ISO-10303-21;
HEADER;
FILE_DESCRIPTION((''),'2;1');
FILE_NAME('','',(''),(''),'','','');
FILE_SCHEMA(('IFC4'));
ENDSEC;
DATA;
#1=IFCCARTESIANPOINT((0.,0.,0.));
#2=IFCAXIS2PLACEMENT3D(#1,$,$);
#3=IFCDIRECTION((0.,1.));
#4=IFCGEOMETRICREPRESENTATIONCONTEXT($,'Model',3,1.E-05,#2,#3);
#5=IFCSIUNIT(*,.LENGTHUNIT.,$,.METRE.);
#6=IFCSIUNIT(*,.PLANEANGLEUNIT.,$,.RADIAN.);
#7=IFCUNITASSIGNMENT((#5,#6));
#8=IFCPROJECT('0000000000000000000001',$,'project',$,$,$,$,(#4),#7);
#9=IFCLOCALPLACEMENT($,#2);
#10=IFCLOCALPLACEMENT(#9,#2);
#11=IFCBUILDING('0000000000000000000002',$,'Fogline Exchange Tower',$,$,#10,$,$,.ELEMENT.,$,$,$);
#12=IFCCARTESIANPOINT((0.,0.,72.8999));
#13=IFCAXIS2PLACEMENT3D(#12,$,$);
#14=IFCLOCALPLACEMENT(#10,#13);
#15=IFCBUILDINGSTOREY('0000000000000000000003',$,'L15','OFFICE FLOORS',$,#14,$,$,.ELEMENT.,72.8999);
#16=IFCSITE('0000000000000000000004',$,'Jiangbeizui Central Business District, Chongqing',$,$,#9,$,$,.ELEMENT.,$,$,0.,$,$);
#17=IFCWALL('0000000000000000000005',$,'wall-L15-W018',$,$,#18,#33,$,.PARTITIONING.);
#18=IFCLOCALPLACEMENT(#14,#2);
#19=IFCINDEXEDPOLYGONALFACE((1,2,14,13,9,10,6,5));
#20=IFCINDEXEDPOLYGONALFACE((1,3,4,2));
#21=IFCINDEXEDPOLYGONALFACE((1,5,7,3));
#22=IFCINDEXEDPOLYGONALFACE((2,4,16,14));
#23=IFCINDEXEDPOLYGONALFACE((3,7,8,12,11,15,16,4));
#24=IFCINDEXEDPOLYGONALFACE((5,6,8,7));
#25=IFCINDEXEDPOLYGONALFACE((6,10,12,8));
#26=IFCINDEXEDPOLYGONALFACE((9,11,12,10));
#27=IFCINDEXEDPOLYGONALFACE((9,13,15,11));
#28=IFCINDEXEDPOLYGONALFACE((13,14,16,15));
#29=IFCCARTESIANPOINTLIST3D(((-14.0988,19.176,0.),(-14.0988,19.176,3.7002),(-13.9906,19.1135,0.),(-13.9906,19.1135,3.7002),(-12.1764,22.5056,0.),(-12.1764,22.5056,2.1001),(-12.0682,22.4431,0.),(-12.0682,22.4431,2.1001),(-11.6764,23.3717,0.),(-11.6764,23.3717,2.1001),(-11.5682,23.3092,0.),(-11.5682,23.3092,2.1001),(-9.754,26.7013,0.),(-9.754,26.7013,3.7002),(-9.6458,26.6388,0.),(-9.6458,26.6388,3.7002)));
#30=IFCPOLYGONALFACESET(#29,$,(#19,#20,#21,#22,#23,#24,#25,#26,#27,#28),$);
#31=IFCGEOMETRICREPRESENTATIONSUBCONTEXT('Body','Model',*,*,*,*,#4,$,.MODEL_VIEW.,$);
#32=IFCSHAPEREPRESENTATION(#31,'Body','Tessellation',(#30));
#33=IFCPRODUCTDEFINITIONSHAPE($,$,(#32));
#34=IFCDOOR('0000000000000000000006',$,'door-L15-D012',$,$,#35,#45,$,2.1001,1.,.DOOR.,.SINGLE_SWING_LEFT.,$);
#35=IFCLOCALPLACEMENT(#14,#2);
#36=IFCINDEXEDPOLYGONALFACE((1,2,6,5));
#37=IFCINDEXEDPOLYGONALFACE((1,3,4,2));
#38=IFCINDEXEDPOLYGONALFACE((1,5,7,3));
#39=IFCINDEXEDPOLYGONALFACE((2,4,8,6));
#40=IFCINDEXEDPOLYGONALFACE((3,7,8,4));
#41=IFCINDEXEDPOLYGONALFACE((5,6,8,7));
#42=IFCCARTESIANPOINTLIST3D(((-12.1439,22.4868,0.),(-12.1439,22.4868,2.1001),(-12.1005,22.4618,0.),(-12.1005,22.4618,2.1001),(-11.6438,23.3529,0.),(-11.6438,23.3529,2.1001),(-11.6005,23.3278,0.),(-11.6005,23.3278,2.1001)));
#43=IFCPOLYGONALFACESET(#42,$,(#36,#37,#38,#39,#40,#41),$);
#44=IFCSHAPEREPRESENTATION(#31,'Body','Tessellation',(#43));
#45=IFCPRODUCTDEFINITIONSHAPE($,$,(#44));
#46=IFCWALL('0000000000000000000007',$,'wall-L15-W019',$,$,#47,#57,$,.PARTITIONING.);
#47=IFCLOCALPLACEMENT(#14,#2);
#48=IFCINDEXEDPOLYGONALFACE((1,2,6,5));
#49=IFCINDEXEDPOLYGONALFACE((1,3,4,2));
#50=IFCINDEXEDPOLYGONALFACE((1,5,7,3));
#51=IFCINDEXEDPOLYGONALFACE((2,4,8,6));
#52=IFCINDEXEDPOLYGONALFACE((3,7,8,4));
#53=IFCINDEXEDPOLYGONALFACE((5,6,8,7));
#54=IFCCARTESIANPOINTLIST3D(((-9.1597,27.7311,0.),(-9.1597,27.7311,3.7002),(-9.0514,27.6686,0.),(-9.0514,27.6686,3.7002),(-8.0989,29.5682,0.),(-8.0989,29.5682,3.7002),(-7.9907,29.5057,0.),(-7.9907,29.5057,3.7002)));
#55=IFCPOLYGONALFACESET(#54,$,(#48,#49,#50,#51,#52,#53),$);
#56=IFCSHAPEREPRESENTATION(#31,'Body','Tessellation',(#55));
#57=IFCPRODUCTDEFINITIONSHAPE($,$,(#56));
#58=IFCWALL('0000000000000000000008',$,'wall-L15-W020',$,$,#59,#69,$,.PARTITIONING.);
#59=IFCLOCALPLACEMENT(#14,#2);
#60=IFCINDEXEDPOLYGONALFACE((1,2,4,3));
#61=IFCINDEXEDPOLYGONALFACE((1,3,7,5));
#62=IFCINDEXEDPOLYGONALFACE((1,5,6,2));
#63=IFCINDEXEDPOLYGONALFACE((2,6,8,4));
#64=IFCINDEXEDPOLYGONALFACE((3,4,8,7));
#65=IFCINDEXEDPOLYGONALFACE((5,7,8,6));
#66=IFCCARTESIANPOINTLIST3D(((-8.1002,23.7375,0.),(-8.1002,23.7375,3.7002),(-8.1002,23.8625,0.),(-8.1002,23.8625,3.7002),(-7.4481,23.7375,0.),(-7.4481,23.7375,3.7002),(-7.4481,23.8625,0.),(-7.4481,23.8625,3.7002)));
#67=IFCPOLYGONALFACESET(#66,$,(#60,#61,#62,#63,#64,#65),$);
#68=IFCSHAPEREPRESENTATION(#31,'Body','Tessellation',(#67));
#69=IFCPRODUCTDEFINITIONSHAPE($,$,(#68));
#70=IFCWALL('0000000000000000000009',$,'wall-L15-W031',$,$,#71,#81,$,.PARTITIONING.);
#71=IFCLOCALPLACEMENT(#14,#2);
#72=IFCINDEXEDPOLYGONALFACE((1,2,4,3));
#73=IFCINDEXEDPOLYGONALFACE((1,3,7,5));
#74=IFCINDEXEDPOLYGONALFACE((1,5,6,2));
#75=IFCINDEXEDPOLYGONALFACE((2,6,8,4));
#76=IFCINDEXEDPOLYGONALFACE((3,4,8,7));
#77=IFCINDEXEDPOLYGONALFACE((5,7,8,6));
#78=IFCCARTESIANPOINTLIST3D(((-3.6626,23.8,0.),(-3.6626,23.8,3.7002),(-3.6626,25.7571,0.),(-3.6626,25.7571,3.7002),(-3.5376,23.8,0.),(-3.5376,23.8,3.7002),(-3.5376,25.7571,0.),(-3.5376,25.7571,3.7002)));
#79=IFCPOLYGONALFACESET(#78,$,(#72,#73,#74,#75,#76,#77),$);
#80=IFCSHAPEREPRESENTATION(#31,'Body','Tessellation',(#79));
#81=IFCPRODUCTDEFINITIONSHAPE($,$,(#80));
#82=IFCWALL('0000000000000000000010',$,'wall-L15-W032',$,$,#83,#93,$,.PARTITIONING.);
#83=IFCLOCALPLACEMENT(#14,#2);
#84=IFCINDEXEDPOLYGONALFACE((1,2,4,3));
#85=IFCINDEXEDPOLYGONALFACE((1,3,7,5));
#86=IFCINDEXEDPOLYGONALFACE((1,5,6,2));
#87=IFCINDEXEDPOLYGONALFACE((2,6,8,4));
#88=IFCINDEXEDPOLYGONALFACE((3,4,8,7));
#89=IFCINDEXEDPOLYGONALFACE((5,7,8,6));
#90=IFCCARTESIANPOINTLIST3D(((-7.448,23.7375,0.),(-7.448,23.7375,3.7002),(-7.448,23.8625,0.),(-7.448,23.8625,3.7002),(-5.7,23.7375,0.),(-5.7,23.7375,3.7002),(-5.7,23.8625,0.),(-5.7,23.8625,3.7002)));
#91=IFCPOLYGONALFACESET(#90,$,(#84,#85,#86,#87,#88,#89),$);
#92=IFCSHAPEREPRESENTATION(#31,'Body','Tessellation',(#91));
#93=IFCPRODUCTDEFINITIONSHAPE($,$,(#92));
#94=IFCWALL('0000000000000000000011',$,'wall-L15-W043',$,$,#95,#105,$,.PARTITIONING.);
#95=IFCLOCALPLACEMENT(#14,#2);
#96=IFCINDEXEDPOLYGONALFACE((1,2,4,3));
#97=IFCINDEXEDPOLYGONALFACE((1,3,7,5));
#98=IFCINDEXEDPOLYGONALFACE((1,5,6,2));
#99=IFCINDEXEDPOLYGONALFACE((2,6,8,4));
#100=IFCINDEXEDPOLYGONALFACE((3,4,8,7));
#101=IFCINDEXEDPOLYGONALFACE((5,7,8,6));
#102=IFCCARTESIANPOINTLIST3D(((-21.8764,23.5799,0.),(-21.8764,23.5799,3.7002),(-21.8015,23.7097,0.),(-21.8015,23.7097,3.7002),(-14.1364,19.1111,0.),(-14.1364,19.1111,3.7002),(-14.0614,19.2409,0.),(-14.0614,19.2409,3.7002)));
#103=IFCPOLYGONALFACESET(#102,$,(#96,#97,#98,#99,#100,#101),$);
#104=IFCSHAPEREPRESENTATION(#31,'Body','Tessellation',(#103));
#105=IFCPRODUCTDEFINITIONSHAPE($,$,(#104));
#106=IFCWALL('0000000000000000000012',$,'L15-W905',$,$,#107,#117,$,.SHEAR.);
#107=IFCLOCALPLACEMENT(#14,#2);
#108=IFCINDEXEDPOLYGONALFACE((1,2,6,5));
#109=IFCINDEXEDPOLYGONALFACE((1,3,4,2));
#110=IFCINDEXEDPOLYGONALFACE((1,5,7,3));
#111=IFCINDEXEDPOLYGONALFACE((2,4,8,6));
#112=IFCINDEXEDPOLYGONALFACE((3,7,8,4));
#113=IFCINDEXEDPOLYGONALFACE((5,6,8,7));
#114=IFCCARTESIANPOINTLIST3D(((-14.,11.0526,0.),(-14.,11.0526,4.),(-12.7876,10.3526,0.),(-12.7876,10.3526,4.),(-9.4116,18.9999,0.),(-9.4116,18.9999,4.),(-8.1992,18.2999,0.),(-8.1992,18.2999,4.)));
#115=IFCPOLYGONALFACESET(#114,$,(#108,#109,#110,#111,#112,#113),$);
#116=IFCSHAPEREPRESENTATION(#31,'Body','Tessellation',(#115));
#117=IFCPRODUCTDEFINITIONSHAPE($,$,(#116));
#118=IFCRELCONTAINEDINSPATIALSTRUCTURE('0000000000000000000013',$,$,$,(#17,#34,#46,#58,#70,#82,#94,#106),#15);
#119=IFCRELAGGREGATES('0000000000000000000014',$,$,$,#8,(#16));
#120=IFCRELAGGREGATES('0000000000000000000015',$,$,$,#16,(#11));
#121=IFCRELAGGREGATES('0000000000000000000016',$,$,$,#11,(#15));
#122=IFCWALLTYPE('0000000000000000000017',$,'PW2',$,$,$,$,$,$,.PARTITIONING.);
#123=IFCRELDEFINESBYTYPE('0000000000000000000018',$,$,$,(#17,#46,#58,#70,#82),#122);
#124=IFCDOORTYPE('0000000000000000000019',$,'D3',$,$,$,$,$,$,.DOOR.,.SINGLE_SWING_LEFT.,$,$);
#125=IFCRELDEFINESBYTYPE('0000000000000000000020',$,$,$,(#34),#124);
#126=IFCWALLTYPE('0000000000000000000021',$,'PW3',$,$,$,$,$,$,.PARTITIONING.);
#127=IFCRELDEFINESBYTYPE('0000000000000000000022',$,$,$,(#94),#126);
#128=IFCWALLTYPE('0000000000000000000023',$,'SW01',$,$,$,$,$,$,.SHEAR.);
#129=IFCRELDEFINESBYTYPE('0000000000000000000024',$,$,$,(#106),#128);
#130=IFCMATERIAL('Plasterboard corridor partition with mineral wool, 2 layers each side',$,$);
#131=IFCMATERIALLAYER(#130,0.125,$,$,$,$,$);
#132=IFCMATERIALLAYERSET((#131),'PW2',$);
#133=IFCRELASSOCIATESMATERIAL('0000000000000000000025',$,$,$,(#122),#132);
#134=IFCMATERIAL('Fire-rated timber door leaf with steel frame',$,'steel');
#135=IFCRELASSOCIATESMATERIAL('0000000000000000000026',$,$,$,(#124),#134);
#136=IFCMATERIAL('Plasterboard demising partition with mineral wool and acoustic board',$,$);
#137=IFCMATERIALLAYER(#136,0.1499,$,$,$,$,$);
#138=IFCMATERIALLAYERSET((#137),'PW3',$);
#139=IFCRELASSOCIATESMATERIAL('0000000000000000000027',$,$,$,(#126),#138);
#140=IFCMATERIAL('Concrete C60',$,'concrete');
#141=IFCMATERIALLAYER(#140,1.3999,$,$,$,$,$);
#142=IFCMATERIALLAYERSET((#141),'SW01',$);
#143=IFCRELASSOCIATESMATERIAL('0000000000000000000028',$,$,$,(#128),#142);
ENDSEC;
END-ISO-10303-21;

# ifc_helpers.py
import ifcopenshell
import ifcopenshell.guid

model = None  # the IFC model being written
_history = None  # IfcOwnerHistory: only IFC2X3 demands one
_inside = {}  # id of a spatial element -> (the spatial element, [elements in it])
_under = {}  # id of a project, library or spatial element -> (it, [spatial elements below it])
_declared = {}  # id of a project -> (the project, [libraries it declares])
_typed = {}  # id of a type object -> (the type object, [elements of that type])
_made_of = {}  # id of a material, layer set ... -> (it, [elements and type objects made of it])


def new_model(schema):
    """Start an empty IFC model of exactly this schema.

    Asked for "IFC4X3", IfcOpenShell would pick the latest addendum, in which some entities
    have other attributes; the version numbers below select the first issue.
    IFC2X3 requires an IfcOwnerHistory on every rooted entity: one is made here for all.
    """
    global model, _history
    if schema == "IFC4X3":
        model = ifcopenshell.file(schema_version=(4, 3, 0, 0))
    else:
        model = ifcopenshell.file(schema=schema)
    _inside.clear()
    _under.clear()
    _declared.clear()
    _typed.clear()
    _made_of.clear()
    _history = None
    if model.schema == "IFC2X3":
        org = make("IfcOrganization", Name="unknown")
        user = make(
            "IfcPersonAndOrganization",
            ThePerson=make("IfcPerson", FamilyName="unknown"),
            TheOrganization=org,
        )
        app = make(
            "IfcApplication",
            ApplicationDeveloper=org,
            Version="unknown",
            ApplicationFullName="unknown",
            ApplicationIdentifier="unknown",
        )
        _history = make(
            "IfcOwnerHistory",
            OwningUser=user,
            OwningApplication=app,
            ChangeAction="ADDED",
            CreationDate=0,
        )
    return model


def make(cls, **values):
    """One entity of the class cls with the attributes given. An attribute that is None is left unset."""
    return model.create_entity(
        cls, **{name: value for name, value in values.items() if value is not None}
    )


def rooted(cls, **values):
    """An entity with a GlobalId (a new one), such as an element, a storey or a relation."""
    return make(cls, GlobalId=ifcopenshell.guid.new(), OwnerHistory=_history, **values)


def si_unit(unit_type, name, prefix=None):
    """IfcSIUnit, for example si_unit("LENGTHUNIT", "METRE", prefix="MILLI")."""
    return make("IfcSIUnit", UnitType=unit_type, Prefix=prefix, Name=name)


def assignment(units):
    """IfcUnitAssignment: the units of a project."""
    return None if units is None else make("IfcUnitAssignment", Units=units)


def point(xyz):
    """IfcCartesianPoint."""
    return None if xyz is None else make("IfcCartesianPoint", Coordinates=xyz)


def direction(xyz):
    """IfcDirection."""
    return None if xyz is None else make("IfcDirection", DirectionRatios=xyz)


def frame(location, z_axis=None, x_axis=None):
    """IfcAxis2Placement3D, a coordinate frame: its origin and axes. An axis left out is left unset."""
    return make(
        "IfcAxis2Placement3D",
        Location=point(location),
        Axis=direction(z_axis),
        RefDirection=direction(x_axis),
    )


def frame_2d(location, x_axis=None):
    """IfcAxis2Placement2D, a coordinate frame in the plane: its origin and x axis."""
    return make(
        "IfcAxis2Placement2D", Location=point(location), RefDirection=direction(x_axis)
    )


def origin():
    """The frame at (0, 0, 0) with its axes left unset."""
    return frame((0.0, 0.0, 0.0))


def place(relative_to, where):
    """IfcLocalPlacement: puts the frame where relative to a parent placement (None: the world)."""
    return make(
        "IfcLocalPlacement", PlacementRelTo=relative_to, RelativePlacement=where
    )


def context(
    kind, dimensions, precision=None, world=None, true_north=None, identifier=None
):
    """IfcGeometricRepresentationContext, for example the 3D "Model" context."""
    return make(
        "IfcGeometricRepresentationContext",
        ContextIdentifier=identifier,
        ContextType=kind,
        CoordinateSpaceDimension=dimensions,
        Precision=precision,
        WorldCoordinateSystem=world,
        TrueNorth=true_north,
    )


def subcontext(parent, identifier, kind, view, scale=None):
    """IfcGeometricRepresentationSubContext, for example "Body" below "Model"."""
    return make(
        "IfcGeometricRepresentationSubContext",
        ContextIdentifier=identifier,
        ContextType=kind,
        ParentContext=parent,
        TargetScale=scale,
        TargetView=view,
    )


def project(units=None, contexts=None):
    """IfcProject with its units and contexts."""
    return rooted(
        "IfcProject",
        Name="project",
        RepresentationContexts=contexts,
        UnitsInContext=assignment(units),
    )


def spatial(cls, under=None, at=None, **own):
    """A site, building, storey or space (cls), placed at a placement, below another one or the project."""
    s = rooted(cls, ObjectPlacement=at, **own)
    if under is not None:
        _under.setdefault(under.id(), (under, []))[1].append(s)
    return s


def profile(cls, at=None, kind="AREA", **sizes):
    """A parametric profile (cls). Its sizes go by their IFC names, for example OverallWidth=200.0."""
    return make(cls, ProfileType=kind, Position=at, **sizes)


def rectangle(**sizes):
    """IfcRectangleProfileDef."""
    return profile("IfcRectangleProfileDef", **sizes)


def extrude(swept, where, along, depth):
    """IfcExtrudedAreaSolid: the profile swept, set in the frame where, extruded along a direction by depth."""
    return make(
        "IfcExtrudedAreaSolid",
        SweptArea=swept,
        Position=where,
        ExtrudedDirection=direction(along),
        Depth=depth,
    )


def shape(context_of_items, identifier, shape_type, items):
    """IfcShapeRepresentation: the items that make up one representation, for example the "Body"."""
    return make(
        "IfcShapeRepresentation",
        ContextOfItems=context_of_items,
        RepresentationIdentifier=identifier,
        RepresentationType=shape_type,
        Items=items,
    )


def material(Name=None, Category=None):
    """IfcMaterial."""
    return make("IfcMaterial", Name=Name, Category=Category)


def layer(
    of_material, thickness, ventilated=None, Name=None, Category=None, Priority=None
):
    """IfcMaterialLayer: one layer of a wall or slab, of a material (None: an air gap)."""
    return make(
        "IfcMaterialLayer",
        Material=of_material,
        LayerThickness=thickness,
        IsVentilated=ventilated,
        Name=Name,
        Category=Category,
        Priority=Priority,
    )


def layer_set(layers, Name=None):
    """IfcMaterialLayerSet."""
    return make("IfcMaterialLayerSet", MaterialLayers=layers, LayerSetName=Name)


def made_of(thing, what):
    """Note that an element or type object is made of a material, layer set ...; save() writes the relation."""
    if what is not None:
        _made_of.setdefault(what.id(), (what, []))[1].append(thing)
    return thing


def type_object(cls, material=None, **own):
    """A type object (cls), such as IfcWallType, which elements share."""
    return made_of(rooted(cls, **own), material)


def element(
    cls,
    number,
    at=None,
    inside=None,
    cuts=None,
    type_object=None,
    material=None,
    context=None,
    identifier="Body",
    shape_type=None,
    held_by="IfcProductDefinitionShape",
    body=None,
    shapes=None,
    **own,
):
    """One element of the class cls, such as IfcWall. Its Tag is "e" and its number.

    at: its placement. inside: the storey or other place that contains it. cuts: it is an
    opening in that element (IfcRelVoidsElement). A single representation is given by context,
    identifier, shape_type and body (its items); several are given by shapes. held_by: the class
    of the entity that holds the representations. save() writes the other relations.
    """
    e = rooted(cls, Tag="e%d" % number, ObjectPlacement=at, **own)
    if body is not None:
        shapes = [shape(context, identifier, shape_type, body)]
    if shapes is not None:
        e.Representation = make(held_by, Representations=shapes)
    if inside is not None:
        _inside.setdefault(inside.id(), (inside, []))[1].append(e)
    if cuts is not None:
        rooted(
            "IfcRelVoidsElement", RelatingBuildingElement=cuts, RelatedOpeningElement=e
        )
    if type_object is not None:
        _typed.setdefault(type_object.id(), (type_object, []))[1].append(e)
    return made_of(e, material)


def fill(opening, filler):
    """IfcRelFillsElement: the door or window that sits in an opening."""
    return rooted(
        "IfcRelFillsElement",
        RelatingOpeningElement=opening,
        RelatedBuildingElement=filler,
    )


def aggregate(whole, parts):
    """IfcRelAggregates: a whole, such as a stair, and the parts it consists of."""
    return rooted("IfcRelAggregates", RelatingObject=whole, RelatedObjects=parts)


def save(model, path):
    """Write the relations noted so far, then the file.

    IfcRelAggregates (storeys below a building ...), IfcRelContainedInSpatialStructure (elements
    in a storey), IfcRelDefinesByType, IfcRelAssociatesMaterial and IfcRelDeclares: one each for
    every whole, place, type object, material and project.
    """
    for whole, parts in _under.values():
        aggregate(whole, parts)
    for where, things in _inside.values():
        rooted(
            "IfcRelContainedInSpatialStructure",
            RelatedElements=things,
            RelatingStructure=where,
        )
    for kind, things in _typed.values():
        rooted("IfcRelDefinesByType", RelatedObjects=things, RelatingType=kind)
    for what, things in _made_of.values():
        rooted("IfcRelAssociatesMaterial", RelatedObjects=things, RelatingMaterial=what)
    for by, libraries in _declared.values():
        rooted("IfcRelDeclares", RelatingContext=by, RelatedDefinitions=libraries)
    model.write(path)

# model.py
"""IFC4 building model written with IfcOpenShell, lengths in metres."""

from ifc_helpers import new_model, si_unit, direction, frame, frame_2d, origin, place, context, subcontext, project, spatial, rectangle, extrude, material, layer, layer_set, type_object, element, fill, save


model = new_model("IFC4")

# Units and contexts
model_context = context("Model", 3, precision=1e-05, world=origin(), true_north=direction((0.0, 1.0)))
body_context = subcontext(model_context, "Body", "Model", "MODEL_VIEW")
ifc_project = project(units=[si_unit("LENGTHUNIT", "METRE"), si_unit("PLANEANGLEUNIT", "RADIAN")], contexts=[model_context])

# Site, building, storey
site_placement = place(None, origin())
site = spatial("IfcSite", under=ifc_project, at=site_placement, Name="Jiangbeizui Central Business District, Chongqing", CompositionType="ELEMENT", RefElevation=0.0)
building_placement = place(site_placement, origin())
building = spatial("IfcBuilding", under=site, at=building_placement, Name="Fogline Exchange Tower", CompositionType="ELEMENT")
storey_placement = place(building_placement, frame((0.0, 0.0, 72.8999)))
storey = spatial("IfcBuildingStorey", under=building, at=storey_placement, Name="L15", Description="OFFICE FLOORS", CompositionType="ELEMENT", Elevation=72.8999)

# Shared definitions
ifc_material_1 = material(Name="Plasterboard corridor partition with mineral wool, 2 layers each side")
ifc_layer_1 = layer(ifc_material_1, 0.125)
ifc_layer_set_1 = layer_set([ifc_layer_1], Name="PW2")
wall_type_1 = type_object("IfcWallType", Name="PW2", PredefinedType="PARTITIONING", material=ifc_layer_set_1)

# Shared definitions
ifc_material_2 = material(Name="Fire-rated timber door leaf with steel frame", Category="steel")
door_type_1 = type_object("IfcDoorType", Name="D3", OperationType="SINGLE_SWING_LEFT", PredefinedType="DOOR", material=ifc_material_2)

# Wall, opening, door
wall_1_placement = place(storey_placement, frame((-14.0447, 19.1448, 0.0), z_axis=(0.0, 0.0, 1.0), x_axis=(0.500007, 0.866021, 0.0)))
wall_1 = element("IfcWall", 1, at=wall_1_placement, inside=storey, type_object=wall_type_1, Name="wall-L15-W018", PredefinedType="PARTITIONING", context=body_context, shape_type="SweptSolid", body=[
    extrude(rectangle(XDim=8.6895, YDim=0.125, at=frame_2d((4.3447, 0.0))), origin(), (0.0, 0.0, 1.0), 3.7002),
])
opening_1_placement = place(wall_1_placement, frame((3.8447, 0.0, 0.0)))
opening_1 = element("IfcOpeningElement", 2, at=opening_1_placement, cuts=wall_1, PredefinedType="OPENING", context=body_context, shape_type="SweptSolid", body=[
    extrude(rectangle(XDim=1.0, YDim=2.1001, at=frame_2d((0.5, 1.05))), frame((0.0, 0.0725, 0.0), z_axis=(0.0, -1.0, 0.0), x_axis=(1.0, 0.0, 0.0)), (0.0, 0.0, 1.0), 0.145),
])
door_1_placement = place(opening_1_placement, origin())
door_1 = element("IfcDoor", 3, at=door_1_placement, inside=storey, type_object=door_type_1, Name="door-L15-D012", OperationType="SINGLE_SWING_LEFT", OverallHeight=2.1001, OverallWidth=1.0, PredefinedType="DOOR", context=body_context, shape_type="SweptSolid", body=[
    extrude(rectangle(XDim=1.0, YDim=2.1001, at=frame_2d((0.5, 1.05))), frame((0.0, 0.0249, 0.0), z_axis=(0.0, -1.0, 0.0), x_axis=(1.0, 0.0, 0.0)), (0.0, 0.0, 1.0), 0.05),
])
fill(opening_1, door_1)

# Walls
wall_2_placement = place(storey_placement, frame((-9.1055, 27.7, 0.0), z_axis=(0.0, 0.0, 1.0), x_axis=(0.500038, 0.866004, 0.0)))
element("IfcWall", 4, at=wall_2_placement, inside=storey, type_object=wall_type_1, Name="wall-L15-W019", PredefinedType="PARTITIONING", context=body_context, shape_type="SweptSolid", body=[
    extrude(rectangle(XDim=2.1213, YDim=0.125, at=frame_2d((1.0605, 0.0))), origin(), (0.0, 0.0, 1.0), 3.7002),
])
wall_3_placement = place(storey_placement, frame((-7.448, 23.8, 0.0), z_axis=(0.0, 0.0, 1.0), x_axis=(-1.0, 0.0, 0.0)))
element("IfcWall", 5, at=wall_3_placement, inside=storey, type_object=wall_type_1, Name="wall-L15-W020", PredefinedType="PARTITIONING", context=body_context, shape_type="SweptSolid", body=[
    extrude(rectangle(XDim=0.6521, YDim=0.125, at=frame_2d((0.3262, 0.0))), origin(), (0.0, 0.0, 1.0), 3.7002),
])
wall_4_placement = place(storey_placement, frame((-3.6001, 25.7571, 0.0), z_axis=(0.0, 0.0, 1.0), x_axis=(0.0, -1.0, 0.0)))
element("IfcWall", 6, at=wall_4_placement, inside=storey, type_object=wall_type_1, Name="wall-L15-W031", PredefinedType="PARTITIONING", context=body_context, shape_type="SweptSolid", body=[
    extrude(rectangle(XDim=1.957, YDim=0.125, at=frame_2d((0.9785, 0.0))), origin(), (0.0, 0.0, 1.0), 3.7002),
])
wall_5_placement = place(storey_placement, frame((-5.7, 23.8, 0.0), z_axis=(0.0, 0.0, 1.0), x_axis=(-1.0, 0.0, 0.0)))
element("IfcWall", 7, at=wall_5_placement, inside=storey, type_object=wall_type_1, Name="wall-L15-W032", PredefinedType="PARTITIONING", context=body_context, shape_type="SweptSolid", body=[
    extrude(rectangle(XDim=1.748, YDim=0.125, at=frame_2d((0.874, 0.0))), origin(), (0.0, 0.0, 1.0), 3.7002),
])
ifc_material_3 = material(Name="Plasterboard demising partition with mineral wool and acoustic board")
ifc_layer_2 = layer(ifc_material_3, 0.1499)
ifc_layer_set_2 = layer_set([ifc_layer_2], Name="PW3")
wall_type_2 = type_object("IfcWallType", Name="PW3", PredefinedType="PARTITIONING", material=ifc_layer_set_2)
wall_6_placement = place(storey_placement, frame((-14.0989, 19.176, 0.0), z_axis=(0.0, 0.0, 1.0), x_axis=(-0.866022, 0.500005, 0.0)))
element("IfcWall", 8, at=wall_6_placement, inside=storey, type_object=wall_type_2, Name="wall-L15-W043", PredefinedType="PARTITIONING", context=body_context, shape_type="SweptSolid", body=[
    extrude(rectangle(XDim=8.9375, YDim=0.1499, at=frame_2d((4.4688, 0.0))), origin(), (0.0, 0.0, 1.0), 3.7002),
])
ifc_material_4 = material(Name="Concrete C60", Category="concrete")
ifc_layer_3 = layer(ifc_material_4, 1.3999)
ifc_layer_set_3 = layer_set([ifc_layer_3], Name="SW01")
wall_type_3 = type_object("IfcWallType", Name="SW01", PredefinedType="SHEAR", material=ifc_layer_set_3)
wall_7_placement = place(storey_placement, frame((-8.8054, 18.6499, 0.0), z_axis=(0.0, 0.0, 1.0), x_axis=(-0.500002, -0.866024, 0.0)))
element("IfcWall", 9, at=wall_7_placement, inside=storey, type_object=wall_type_3, Name="L15-W905", PredefinedType="SHEAR", context=body_context, shape_type="SweptSolid", body=[
    extrude(rectangle(XDim=9.1768, YDim=1.3999, at=frame_2d((4.5884, 0.0))), origin(), (0.0, 0.0, 1.0), 4.0),
])

save(model, "model.ifc")
